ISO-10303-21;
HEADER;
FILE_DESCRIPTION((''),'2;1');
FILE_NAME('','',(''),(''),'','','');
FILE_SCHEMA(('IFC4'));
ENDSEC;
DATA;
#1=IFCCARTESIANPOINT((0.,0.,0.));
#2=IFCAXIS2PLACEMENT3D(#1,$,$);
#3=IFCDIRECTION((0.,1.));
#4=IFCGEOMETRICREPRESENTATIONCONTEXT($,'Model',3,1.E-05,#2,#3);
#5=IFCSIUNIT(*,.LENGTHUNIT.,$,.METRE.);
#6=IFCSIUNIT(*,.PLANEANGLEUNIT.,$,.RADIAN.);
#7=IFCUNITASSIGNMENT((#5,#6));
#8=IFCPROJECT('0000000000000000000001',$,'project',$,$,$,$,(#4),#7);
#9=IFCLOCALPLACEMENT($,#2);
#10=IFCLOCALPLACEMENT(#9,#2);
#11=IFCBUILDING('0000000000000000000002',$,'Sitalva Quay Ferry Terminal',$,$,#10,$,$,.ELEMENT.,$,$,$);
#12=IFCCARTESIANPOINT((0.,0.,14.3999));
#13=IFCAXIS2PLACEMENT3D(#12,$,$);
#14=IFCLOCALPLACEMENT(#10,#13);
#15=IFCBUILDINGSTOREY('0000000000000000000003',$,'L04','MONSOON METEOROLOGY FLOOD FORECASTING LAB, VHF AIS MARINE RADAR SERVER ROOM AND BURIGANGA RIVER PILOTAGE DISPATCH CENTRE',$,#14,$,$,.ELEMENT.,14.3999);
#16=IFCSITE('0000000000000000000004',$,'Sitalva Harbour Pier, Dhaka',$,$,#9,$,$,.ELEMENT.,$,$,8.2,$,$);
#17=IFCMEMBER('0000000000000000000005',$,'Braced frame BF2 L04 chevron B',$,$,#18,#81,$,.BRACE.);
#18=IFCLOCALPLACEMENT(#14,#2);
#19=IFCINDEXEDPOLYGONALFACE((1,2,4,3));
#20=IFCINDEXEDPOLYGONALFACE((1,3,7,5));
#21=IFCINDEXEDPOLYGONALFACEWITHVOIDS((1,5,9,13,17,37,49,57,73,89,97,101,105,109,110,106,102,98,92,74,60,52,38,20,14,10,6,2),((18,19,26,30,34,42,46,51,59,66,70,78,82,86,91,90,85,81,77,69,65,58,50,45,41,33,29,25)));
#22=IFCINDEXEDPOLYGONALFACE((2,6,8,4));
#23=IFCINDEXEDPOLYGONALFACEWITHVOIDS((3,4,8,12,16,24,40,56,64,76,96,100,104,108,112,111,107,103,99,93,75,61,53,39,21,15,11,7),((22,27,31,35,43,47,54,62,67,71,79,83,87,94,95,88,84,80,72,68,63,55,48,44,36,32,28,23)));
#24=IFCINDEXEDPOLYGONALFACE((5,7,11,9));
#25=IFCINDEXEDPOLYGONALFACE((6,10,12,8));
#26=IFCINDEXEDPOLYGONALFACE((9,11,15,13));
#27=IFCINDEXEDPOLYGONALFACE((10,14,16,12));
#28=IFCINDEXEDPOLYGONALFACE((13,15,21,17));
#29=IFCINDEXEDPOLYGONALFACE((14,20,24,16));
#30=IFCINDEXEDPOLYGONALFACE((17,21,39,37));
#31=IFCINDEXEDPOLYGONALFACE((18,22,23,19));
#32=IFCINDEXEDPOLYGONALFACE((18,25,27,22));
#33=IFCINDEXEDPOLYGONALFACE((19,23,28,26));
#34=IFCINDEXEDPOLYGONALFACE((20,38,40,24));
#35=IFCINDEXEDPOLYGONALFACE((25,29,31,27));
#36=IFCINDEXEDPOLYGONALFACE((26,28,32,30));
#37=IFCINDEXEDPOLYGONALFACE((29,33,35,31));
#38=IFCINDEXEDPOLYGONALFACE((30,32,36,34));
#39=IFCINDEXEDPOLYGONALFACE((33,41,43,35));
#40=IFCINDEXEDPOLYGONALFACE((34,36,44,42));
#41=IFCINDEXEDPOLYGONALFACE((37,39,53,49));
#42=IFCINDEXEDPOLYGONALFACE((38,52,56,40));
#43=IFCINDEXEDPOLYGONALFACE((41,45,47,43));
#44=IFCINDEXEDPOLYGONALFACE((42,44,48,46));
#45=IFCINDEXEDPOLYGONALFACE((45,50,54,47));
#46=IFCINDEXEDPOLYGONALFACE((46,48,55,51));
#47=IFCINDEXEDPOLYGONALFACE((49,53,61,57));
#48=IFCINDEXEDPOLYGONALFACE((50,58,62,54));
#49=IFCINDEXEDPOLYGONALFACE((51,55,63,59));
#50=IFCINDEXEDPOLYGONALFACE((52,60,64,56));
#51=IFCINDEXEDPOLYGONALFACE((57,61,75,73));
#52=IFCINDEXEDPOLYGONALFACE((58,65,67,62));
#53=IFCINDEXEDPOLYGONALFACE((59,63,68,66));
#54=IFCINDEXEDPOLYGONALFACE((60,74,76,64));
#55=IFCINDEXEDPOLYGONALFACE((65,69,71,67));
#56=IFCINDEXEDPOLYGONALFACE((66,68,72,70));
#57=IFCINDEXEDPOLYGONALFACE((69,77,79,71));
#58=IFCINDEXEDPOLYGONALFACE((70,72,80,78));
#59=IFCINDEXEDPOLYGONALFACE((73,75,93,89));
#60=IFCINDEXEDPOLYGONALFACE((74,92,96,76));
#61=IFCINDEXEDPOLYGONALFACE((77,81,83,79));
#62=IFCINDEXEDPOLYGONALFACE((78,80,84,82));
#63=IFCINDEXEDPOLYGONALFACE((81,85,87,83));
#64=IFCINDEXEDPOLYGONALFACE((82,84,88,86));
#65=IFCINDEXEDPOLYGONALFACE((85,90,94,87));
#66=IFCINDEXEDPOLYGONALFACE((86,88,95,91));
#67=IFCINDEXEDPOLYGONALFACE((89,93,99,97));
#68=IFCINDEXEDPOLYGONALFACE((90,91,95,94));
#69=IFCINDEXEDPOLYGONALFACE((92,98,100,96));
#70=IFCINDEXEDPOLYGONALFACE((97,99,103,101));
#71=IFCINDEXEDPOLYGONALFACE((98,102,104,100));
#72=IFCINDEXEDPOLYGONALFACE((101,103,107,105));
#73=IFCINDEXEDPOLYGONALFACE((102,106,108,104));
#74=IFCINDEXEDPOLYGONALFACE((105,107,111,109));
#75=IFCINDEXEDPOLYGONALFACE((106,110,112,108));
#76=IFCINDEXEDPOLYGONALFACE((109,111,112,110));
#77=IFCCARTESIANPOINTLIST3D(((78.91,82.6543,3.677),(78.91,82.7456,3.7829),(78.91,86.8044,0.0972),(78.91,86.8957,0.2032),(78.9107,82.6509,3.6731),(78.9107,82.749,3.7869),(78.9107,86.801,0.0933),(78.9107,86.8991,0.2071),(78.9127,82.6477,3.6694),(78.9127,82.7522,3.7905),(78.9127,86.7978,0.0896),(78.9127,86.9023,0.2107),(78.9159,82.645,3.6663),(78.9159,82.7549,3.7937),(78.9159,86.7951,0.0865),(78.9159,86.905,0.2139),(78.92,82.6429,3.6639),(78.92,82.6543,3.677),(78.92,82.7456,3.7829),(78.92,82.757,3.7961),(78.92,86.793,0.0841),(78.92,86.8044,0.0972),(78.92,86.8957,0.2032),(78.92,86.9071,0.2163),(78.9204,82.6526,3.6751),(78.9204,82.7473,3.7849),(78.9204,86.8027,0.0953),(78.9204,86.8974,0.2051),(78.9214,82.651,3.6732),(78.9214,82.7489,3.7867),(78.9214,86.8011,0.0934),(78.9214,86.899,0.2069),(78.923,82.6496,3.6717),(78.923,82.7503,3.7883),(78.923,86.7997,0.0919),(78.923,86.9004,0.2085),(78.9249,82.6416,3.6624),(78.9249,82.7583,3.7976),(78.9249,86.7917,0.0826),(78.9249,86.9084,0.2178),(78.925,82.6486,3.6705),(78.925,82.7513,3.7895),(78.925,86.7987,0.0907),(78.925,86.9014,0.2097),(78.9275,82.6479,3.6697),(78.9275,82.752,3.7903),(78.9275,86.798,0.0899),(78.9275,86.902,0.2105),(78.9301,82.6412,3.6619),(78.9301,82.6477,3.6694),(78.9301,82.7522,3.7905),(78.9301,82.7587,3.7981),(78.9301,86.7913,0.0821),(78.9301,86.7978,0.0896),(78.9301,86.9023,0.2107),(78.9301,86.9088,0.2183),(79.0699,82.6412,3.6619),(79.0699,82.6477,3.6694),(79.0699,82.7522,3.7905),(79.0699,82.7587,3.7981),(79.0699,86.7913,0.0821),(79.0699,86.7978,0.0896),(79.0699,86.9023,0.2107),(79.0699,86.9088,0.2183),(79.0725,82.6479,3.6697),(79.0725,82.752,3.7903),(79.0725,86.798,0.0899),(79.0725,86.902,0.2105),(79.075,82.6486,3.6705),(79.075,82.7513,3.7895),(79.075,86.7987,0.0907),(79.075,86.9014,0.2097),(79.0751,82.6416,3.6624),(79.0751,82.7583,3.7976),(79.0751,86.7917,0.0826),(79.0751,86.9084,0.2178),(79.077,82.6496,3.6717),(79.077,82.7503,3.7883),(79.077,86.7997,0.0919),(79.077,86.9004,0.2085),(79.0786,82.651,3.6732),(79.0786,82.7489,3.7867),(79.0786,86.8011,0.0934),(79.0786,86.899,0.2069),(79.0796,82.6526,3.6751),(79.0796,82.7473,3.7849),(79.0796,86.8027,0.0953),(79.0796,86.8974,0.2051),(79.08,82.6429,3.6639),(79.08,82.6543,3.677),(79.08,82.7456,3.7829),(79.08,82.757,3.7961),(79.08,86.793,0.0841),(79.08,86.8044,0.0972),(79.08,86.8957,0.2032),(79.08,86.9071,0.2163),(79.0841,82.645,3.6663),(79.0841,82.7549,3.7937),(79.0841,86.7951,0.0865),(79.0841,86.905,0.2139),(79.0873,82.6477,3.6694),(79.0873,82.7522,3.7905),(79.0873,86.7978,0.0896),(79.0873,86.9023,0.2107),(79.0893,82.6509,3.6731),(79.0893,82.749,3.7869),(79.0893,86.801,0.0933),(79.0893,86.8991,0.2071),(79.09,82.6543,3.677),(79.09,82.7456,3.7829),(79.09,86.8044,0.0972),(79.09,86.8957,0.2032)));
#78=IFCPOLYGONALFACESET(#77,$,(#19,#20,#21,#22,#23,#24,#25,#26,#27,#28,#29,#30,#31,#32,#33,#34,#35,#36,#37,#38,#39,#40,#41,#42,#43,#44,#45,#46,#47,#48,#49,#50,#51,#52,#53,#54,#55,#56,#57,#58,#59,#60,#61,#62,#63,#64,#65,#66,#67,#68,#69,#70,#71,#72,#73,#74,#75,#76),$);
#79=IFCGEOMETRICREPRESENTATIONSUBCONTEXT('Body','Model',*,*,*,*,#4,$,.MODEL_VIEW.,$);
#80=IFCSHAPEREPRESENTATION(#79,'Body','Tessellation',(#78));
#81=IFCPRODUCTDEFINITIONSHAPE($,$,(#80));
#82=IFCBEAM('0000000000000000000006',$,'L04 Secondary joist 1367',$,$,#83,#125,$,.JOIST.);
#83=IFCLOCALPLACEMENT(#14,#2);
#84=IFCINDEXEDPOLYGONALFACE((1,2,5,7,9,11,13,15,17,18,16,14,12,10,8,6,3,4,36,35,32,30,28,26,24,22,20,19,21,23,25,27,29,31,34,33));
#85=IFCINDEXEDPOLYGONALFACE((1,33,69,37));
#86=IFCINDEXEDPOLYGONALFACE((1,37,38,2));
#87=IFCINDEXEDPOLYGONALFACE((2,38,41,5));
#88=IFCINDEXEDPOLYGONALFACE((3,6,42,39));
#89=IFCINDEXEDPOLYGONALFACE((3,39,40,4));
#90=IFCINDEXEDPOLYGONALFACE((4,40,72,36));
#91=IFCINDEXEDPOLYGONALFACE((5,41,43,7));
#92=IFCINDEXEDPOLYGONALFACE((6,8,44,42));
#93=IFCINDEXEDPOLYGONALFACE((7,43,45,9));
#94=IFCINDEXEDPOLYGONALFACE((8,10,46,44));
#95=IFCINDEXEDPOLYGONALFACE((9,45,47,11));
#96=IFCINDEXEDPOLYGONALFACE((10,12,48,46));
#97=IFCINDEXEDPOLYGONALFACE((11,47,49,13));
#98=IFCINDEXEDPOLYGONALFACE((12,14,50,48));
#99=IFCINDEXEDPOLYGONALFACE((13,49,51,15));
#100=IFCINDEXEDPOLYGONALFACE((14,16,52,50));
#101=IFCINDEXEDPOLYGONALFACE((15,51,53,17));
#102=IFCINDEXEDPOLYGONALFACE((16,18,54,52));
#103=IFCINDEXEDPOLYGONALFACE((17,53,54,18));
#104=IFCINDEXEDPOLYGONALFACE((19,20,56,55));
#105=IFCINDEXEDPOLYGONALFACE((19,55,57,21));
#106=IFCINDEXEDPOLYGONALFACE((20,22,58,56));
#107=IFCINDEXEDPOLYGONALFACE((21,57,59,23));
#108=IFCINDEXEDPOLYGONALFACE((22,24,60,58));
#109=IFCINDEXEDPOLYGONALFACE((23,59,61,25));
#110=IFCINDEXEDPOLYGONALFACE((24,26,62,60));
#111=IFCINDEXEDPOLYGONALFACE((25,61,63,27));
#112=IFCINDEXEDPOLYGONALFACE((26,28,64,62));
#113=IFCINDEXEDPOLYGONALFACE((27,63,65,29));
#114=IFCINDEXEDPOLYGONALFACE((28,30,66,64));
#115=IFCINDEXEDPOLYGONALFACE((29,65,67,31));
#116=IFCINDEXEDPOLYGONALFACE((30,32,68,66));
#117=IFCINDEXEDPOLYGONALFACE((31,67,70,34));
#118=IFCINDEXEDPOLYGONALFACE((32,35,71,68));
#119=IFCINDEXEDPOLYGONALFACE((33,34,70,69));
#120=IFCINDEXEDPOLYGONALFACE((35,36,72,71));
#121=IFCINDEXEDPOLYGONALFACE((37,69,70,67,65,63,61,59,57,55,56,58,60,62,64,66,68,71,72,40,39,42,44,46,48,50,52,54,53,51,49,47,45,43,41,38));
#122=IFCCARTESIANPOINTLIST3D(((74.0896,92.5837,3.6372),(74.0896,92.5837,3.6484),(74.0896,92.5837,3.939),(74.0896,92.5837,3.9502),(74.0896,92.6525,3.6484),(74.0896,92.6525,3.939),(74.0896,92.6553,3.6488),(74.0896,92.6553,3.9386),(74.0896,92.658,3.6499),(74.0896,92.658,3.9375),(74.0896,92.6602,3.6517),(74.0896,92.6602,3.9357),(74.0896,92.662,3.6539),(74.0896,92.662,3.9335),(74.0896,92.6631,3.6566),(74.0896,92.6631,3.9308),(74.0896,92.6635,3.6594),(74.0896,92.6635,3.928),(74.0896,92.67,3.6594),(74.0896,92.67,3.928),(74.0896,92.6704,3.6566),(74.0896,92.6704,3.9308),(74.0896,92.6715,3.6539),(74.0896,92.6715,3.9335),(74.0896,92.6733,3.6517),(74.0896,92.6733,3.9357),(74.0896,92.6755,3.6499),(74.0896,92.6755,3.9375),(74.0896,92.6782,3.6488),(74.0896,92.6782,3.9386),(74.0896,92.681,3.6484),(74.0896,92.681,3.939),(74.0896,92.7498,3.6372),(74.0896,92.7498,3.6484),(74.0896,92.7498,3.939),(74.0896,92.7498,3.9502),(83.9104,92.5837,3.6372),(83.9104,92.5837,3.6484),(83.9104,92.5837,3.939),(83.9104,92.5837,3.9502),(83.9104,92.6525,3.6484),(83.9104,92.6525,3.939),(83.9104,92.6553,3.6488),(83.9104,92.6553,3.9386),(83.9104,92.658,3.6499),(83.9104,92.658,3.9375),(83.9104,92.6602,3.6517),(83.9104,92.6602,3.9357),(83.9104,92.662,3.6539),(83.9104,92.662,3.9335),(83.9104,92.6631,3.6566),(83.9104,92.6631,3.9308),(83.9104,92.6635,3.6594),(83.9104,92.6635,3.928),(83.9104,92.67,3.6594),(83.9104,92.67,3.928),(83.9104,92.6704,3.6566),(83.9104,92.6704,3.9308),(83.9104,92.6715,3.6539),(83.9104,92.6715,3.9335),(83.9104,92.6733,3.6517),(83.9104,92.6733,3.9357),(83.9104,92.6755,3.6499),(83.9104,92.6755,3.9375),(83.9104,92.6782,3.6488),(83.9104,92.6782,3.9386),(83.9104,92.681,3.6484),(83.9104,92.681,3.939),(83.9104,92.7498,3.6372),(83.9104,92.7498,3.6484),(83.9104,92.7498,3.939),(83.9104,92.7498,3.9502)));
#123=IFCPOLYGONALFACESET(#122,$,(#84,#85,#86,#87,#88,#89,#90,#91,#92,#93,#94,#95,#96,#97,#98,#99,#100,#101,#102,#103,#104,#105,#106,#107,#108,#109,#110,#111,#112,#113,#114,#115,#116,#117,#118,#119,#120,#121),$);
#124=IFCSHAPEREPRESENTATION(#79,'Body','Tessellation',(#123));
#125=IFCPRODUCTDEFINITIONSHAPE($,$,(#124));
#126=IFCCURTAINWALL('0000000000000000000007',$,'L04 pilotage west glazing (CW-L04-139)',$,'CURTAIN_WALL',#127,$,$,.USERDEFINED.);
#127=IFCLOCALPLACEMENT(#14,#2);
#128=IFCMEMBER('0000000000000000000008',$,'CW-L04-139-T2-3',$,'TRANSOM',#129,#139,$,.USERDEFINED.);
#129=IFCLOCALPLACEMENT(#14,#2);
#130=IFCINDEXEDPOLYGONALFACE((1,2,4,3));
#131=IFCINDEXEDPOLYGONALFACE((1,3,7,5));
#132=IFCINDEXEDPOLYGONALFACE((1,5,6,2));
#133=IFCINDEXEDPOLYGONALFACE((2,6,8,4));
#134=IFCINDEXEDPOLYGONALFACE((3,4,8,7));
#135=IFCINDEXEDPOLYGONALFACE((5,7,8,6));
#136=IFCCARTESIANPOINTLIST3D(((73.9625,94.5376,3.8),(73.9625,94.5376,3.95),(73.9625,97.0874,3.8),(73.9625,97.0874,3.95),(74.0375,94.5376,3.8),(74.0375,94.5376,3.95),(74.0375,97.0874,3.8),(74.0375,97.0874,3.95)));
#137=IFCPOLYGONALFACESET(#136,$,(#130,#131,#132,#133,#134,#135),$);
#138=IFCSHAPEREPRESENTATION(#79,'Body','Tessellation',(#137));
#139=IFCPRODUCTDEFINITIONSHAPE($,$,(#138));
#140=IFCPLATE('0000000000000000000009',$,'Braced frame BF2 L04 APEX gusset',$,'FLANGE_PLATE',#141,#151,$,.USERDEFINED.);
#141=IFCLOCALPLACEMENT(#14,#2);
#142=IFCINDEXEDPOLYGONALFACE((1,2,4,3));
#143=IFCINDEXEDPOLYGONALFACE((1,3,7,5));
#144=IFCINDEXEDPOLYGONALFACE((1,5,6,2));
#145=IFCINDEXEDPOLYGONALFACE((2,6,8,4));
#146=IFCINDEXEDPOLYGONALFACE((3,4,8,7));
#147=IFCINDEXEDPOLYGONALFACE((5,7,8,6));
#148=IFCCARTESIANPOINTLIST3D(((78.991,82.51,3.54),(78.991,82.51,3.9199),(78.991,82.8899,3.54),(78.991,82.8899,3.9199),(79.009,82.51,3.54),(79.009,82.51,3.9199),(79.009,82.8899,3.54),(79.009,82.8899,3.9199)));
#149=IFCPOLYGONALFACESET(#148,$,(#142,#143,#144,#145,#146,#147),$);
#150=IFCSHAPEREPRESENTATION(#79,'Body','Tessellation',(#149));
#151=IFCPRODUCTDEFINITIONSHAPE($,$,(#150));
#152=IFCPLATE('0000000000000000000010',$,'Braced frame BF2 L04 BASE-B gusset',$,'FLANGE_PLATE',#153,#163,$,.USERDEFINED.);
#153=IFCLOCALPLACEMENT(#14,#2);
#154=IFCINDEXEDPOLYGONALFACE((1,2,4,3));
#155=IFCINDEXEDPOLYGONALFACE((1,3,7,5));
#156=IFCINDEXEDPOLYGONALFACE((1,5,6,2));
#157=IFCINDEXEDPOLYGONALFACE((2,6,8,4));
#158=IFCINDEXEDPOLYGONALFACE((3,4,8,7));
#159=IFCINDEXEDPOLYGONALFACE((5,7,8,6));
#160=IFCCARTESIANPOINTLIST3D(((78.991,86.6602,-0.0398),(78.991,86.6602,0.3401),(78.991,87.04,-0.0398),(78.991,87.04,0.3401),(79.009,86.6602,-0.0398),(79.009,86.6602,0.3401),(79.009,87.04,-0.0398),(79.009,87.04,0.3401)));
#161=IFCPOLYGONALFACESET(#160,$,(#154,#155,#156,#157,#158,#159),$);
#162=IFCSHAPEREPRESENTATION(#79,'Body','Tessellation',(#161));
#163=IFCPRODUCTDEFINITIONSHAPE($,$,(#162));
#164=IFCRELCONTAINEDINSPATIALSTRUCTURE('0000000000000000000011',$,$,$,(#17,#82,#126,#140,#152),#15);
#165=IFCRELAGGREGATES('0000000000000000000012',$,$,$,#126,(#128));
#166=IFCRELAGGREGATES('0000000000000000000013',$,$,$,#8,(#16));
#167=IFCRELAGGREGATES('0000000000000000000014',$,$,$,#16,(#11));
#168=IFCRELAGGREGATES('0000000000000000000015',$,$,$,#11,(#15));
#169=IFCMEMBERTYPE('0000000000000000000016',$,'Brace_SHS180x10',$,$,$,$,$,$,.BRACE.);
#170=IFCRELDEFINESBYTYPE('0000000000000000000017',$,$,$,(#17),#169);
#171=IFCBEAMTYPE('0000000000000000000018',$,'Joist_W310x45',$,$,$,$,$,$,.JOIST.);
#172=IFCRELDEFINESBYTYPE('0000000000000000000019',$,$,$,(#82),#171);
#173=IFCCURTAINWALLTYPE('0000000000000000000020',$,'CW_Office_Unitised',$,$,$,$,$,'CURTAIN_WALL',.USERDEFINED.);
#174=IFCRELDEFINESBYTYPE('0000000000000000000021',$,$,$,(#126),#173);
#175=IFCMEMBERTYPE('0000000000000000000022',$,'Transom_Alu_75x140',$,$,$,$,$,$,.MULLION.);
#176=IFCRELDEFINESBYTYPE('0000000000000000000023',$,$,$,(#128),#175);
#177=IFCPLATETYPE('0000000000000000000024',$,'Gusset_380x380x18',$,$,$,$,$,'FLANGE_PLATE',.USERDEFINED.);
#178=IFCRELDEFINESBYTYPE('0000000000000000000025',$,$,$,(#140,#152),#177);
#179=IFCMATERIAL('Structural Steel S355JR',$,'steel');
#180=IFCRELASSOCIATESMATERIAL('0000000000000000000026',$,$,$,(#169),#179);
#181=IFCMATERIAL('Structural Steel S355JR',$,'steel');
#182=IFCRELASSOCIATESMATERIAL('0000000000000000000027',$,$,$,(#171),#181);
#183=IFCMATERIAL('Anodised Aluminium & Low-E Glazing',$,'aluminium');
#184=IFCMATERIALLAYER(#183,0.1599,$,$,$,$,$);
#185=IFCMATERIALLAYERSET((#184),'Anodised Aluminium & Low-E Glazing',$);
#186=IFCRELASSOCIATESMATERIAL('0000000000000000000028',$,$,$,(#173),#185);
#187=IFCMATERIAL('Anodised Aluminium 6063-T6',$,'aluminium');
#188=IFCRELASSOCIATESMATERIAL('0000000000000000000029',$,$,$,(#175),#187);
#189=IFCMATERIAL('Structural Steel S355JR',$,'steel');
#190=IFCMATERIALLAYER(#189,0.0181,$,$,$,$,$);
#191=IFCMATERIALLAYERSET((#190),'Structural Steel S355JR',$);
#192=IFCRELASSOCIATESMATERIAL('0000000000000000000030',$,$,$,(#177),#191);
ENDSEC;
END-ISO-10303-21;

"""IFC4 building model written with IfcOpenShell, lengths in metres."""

from ifc_helpers import new_model, si_unit, direction, frame, origin, origin_2d, place, context, subcontext, project, spatial, rectangle, hollow_rectangle, i_section, extrude, material, layer, layer_set, material_profile, profile_set, type_object, element, aggregate, save


model = new_model("IFC4")

# Units and contexts
model_context = context("Model", 3, precision=1e-05, world=origin(), true_north=direction((0.0, 1.0)))
body_context = subcontext(model_context, "Body", "Model", "MODEL_VIEW")
ifc_project = project(units=[si_unit("LENGTHUNIT", "METRE"), si_unit("PLANEANGLEUNIT", "RADIAN")], contexts=[model_context])

# Site, building, storey
site_placement = place(None, origin())
site = spatial("IfcSite", under=ifc_project, at=site_placement, Name="Sitalva Harbour Pier, Dhaka", CompositionType="ELEMENT", RefElevation=8.2)
building_placement = place(site_placement, origin())
building = spatial("IfcBuilding", under=site, at=building_placement, Name="Sitalva Quay Ferry Terminal", CompositionType="ELEMENT")
storey_placement = place(building_placement, frame((0.0, 0.0, 14.3999)))
storey = spatial("IfcBuildingStorey", under=building, at=storey_placement, Name="L04", Description="MONSOON METEOROLOGY FLOOD FORECASTING LAB, VHF AIS MARINE RADAR SERVER ROOM AND BURIGANGA RIVER PILOTAGE DISPATCH CENTRE", CompositionType="ELEMENT", Elevation=14.3999)

# Member
ifc_material_1 = material(Name="Structural Steel S355JR", Category="steel")
ifc_material_profile_1 = material_profile(ifc_material_1, hollow_rectangle(XDim=0.1799, YDim=0.1799, WallThickness=0.01, InnerFilletRadius=0.01, OuterFilletRadius=0.02, at=origin_2d()), Name="SHS180x180x10")
ifc_profile_set_1 = profile_set([ifc_material_profile_1], Name="Structural Steel S355JR")
member_type_1 = type_object("IfcMemberType", Name="Brace_SHS180x10", PredefinedType="BRACE", material=ifc_profile_set_1)
member_1_placement = place(storey_placement, frame((79.0, 82.7, 3.73), z_axis=(0.0, 0.757219, -0.653162), x_axis=(-1.0, 0.0, 0.0)))
element("IfcMember", 1, at=member_1_placement, inside=storey, type_object=member_type_1, Name="Braced frame BF2 L04 chevron B", PredefinedType="BRACE", context=body_context, shape_type="SweptSolid", body=[
    extrude(hollow_rectangle(XDim=0.1799, YDim=0.1799, WallThickness=0.01, InnerFilletRadius=0.01, OuterFilletRadius=0.02, at=origin_2d()), origin(), (0.0, 0.0, 1.0), 5.4807),
])

# Beam
ifc_material_2 = material(Name="Structural Steel S355JR", Category="steel")
ifc_material_profile_2 = material_profile(ifc_material_2, i_section(OverallWidth=0.166, OverallDepth=0.313, WebThickness=0.0066, FlangeThickness=0.0112, FilletRadius=0.011, at=origin_2d()), Name="W310x45")
ifc_profile_set_2 = profile_set([ifc_material_profile_2], Name="Structural Steel S355JR")
beam_type = type_object("IfcBeamType", Name="Joist_W310x45", PredefinedType="JOIST", material=ifc_profile_set_2)
beam_placement = place(storey_placement, frame((74.0896, 92.6667, 3.7937), z_axis=(1.0, 0.0, 0.0), x_axis=(0.0, 1.0, 0.0)))
element("IfcBeam", 2, at=beam_placement, inside=storey, type_object=beam_type, Name="L04 Secondary joist 1367", PredefinedType="JOIST", context=body_context, shape_type="SweptSolid", body=[
    extrude(i_section(OverallWidth=0.166, OverallDepth=0.313, WebThickness=0.0066, FlangeThickness=0.0112, FilletRadius=0.011, at=origin_2d()), origin(), (0.0, 0.0, 1.0), 9.8208),
])

# Curtain wall, member
ifc_material_3 = material(Name="Anodised Aluminium & Low-E Glazing", Category="aluminium")
ifc_layer_1 = layer(ifc_material_3, 0.1599)
ifc_layer_set_1 = layer_set([ifc_layer_1], Name="Anodised Aluminium & Low-E Glazing")
curtain_wall_type = type_object("IfcCurtainWallType", Name="CW_Office_Unitised", ElementType="CURTAIN_WALL", PredefinedType="USERDEFINED", material=ifc_layer_set_1)
curtain_wall_placement = place(storey_placement, origin())
curtain_wall = element("IfcCurtainWall", 3, at=curtain_wall_placement, inside=storey, type_object=curtain_wall_type, Name="L04 pilotage west glazing (CW-L04-139)", ObjectType="CURTAIN_WALL", PredefinedType="USERDEFINED")
ifc_material_4 = material(Name="Anodised Aluminium 6063-T6", Category="aluminium")
ifc_material_profile_3 = material_profile(ifc_material_4, rectangle(XDim=0.075, YDim=0.1499, at=origin_2d()), Name="ALU75x150")
ifc_profile_set_3 = profile_set([ifc_material_profile_3], Name="Anodised Aluminium 6063-T6")
member_type_2 = type_object("IfcMemberType", Name="Transom_Alu_75x140", PredefinedType="MULLION", material=ifc_profile_set_3)
member_2_placement = place(storey_placement, frame((74.0, 94.5376, 3.875), z_axis=(0.0, 1.0, 0.0), x_axis=(-1.0, 0.0, 0.0)))
member_2 = element("IfcMember", 4, at=member_2_placement, type_object=member_type_2, Name="CW-L04-139-T2-3", ObjectType="TRANSOM", PredefinedType="USERDEFINED", context=body_context, shape_type="SweptSolid", body=[
    extrude(rectangle(XDim=0.075, YDim=0.1499, at=origin_2d()), origin(), (0.0, 0.0, 1.0), 2.5498),
])
aggregate(curtain_wall, [member_2])

# Plates
ifc_material_5 = material(Name="Structural Steel S355JR", Category="steel")
ifc_layer_2 = layer(ifc_material_5, 0.0181)
ifc_layer_set_2 = layer_set([ifc_layer_2], Name="Structural Steel S355JR")
plate_type = type_object("IfcPlateType", Name="Gusset_380x380x18", ElementType="FLANGE_PLATE", PredefinedType="USERDEFINED", material=ifc_layer_set_2)
for number, where, z_axis, x_axis, name in (
    (5, (79.0, 82.7, 3.54), (0.0, 0.0, 1.0), (1.0, 0.0, 0.0), "Braced frame BF2 L04 APEX gusset"),
    (6, (79.0, 86.8501, -0.0398), (0.0, 0.0, 1.0), (1.0, 0.0, 0.0), "Braced frame BF2 L04 BASE-B gusset"),
):
    element("IfcPlate", number, at=place(storey_placement, frame(where, z_axis=z_axis, x_axis=x_axis)), inside=storey, type_object=plate_type, Name=name, ObjectType="FLANGE_PLATE", PredefinedType="USERDEFINED", context=body_context, shape_type="SweptSolid", body=[
        extrude(rectangle(XDim=0.0181, YDim=0.3799, at=origin_2d()), origin(), (0.0, 0.0, 1.0), 0.3799),
    ])

save(model, "model.ifc")
